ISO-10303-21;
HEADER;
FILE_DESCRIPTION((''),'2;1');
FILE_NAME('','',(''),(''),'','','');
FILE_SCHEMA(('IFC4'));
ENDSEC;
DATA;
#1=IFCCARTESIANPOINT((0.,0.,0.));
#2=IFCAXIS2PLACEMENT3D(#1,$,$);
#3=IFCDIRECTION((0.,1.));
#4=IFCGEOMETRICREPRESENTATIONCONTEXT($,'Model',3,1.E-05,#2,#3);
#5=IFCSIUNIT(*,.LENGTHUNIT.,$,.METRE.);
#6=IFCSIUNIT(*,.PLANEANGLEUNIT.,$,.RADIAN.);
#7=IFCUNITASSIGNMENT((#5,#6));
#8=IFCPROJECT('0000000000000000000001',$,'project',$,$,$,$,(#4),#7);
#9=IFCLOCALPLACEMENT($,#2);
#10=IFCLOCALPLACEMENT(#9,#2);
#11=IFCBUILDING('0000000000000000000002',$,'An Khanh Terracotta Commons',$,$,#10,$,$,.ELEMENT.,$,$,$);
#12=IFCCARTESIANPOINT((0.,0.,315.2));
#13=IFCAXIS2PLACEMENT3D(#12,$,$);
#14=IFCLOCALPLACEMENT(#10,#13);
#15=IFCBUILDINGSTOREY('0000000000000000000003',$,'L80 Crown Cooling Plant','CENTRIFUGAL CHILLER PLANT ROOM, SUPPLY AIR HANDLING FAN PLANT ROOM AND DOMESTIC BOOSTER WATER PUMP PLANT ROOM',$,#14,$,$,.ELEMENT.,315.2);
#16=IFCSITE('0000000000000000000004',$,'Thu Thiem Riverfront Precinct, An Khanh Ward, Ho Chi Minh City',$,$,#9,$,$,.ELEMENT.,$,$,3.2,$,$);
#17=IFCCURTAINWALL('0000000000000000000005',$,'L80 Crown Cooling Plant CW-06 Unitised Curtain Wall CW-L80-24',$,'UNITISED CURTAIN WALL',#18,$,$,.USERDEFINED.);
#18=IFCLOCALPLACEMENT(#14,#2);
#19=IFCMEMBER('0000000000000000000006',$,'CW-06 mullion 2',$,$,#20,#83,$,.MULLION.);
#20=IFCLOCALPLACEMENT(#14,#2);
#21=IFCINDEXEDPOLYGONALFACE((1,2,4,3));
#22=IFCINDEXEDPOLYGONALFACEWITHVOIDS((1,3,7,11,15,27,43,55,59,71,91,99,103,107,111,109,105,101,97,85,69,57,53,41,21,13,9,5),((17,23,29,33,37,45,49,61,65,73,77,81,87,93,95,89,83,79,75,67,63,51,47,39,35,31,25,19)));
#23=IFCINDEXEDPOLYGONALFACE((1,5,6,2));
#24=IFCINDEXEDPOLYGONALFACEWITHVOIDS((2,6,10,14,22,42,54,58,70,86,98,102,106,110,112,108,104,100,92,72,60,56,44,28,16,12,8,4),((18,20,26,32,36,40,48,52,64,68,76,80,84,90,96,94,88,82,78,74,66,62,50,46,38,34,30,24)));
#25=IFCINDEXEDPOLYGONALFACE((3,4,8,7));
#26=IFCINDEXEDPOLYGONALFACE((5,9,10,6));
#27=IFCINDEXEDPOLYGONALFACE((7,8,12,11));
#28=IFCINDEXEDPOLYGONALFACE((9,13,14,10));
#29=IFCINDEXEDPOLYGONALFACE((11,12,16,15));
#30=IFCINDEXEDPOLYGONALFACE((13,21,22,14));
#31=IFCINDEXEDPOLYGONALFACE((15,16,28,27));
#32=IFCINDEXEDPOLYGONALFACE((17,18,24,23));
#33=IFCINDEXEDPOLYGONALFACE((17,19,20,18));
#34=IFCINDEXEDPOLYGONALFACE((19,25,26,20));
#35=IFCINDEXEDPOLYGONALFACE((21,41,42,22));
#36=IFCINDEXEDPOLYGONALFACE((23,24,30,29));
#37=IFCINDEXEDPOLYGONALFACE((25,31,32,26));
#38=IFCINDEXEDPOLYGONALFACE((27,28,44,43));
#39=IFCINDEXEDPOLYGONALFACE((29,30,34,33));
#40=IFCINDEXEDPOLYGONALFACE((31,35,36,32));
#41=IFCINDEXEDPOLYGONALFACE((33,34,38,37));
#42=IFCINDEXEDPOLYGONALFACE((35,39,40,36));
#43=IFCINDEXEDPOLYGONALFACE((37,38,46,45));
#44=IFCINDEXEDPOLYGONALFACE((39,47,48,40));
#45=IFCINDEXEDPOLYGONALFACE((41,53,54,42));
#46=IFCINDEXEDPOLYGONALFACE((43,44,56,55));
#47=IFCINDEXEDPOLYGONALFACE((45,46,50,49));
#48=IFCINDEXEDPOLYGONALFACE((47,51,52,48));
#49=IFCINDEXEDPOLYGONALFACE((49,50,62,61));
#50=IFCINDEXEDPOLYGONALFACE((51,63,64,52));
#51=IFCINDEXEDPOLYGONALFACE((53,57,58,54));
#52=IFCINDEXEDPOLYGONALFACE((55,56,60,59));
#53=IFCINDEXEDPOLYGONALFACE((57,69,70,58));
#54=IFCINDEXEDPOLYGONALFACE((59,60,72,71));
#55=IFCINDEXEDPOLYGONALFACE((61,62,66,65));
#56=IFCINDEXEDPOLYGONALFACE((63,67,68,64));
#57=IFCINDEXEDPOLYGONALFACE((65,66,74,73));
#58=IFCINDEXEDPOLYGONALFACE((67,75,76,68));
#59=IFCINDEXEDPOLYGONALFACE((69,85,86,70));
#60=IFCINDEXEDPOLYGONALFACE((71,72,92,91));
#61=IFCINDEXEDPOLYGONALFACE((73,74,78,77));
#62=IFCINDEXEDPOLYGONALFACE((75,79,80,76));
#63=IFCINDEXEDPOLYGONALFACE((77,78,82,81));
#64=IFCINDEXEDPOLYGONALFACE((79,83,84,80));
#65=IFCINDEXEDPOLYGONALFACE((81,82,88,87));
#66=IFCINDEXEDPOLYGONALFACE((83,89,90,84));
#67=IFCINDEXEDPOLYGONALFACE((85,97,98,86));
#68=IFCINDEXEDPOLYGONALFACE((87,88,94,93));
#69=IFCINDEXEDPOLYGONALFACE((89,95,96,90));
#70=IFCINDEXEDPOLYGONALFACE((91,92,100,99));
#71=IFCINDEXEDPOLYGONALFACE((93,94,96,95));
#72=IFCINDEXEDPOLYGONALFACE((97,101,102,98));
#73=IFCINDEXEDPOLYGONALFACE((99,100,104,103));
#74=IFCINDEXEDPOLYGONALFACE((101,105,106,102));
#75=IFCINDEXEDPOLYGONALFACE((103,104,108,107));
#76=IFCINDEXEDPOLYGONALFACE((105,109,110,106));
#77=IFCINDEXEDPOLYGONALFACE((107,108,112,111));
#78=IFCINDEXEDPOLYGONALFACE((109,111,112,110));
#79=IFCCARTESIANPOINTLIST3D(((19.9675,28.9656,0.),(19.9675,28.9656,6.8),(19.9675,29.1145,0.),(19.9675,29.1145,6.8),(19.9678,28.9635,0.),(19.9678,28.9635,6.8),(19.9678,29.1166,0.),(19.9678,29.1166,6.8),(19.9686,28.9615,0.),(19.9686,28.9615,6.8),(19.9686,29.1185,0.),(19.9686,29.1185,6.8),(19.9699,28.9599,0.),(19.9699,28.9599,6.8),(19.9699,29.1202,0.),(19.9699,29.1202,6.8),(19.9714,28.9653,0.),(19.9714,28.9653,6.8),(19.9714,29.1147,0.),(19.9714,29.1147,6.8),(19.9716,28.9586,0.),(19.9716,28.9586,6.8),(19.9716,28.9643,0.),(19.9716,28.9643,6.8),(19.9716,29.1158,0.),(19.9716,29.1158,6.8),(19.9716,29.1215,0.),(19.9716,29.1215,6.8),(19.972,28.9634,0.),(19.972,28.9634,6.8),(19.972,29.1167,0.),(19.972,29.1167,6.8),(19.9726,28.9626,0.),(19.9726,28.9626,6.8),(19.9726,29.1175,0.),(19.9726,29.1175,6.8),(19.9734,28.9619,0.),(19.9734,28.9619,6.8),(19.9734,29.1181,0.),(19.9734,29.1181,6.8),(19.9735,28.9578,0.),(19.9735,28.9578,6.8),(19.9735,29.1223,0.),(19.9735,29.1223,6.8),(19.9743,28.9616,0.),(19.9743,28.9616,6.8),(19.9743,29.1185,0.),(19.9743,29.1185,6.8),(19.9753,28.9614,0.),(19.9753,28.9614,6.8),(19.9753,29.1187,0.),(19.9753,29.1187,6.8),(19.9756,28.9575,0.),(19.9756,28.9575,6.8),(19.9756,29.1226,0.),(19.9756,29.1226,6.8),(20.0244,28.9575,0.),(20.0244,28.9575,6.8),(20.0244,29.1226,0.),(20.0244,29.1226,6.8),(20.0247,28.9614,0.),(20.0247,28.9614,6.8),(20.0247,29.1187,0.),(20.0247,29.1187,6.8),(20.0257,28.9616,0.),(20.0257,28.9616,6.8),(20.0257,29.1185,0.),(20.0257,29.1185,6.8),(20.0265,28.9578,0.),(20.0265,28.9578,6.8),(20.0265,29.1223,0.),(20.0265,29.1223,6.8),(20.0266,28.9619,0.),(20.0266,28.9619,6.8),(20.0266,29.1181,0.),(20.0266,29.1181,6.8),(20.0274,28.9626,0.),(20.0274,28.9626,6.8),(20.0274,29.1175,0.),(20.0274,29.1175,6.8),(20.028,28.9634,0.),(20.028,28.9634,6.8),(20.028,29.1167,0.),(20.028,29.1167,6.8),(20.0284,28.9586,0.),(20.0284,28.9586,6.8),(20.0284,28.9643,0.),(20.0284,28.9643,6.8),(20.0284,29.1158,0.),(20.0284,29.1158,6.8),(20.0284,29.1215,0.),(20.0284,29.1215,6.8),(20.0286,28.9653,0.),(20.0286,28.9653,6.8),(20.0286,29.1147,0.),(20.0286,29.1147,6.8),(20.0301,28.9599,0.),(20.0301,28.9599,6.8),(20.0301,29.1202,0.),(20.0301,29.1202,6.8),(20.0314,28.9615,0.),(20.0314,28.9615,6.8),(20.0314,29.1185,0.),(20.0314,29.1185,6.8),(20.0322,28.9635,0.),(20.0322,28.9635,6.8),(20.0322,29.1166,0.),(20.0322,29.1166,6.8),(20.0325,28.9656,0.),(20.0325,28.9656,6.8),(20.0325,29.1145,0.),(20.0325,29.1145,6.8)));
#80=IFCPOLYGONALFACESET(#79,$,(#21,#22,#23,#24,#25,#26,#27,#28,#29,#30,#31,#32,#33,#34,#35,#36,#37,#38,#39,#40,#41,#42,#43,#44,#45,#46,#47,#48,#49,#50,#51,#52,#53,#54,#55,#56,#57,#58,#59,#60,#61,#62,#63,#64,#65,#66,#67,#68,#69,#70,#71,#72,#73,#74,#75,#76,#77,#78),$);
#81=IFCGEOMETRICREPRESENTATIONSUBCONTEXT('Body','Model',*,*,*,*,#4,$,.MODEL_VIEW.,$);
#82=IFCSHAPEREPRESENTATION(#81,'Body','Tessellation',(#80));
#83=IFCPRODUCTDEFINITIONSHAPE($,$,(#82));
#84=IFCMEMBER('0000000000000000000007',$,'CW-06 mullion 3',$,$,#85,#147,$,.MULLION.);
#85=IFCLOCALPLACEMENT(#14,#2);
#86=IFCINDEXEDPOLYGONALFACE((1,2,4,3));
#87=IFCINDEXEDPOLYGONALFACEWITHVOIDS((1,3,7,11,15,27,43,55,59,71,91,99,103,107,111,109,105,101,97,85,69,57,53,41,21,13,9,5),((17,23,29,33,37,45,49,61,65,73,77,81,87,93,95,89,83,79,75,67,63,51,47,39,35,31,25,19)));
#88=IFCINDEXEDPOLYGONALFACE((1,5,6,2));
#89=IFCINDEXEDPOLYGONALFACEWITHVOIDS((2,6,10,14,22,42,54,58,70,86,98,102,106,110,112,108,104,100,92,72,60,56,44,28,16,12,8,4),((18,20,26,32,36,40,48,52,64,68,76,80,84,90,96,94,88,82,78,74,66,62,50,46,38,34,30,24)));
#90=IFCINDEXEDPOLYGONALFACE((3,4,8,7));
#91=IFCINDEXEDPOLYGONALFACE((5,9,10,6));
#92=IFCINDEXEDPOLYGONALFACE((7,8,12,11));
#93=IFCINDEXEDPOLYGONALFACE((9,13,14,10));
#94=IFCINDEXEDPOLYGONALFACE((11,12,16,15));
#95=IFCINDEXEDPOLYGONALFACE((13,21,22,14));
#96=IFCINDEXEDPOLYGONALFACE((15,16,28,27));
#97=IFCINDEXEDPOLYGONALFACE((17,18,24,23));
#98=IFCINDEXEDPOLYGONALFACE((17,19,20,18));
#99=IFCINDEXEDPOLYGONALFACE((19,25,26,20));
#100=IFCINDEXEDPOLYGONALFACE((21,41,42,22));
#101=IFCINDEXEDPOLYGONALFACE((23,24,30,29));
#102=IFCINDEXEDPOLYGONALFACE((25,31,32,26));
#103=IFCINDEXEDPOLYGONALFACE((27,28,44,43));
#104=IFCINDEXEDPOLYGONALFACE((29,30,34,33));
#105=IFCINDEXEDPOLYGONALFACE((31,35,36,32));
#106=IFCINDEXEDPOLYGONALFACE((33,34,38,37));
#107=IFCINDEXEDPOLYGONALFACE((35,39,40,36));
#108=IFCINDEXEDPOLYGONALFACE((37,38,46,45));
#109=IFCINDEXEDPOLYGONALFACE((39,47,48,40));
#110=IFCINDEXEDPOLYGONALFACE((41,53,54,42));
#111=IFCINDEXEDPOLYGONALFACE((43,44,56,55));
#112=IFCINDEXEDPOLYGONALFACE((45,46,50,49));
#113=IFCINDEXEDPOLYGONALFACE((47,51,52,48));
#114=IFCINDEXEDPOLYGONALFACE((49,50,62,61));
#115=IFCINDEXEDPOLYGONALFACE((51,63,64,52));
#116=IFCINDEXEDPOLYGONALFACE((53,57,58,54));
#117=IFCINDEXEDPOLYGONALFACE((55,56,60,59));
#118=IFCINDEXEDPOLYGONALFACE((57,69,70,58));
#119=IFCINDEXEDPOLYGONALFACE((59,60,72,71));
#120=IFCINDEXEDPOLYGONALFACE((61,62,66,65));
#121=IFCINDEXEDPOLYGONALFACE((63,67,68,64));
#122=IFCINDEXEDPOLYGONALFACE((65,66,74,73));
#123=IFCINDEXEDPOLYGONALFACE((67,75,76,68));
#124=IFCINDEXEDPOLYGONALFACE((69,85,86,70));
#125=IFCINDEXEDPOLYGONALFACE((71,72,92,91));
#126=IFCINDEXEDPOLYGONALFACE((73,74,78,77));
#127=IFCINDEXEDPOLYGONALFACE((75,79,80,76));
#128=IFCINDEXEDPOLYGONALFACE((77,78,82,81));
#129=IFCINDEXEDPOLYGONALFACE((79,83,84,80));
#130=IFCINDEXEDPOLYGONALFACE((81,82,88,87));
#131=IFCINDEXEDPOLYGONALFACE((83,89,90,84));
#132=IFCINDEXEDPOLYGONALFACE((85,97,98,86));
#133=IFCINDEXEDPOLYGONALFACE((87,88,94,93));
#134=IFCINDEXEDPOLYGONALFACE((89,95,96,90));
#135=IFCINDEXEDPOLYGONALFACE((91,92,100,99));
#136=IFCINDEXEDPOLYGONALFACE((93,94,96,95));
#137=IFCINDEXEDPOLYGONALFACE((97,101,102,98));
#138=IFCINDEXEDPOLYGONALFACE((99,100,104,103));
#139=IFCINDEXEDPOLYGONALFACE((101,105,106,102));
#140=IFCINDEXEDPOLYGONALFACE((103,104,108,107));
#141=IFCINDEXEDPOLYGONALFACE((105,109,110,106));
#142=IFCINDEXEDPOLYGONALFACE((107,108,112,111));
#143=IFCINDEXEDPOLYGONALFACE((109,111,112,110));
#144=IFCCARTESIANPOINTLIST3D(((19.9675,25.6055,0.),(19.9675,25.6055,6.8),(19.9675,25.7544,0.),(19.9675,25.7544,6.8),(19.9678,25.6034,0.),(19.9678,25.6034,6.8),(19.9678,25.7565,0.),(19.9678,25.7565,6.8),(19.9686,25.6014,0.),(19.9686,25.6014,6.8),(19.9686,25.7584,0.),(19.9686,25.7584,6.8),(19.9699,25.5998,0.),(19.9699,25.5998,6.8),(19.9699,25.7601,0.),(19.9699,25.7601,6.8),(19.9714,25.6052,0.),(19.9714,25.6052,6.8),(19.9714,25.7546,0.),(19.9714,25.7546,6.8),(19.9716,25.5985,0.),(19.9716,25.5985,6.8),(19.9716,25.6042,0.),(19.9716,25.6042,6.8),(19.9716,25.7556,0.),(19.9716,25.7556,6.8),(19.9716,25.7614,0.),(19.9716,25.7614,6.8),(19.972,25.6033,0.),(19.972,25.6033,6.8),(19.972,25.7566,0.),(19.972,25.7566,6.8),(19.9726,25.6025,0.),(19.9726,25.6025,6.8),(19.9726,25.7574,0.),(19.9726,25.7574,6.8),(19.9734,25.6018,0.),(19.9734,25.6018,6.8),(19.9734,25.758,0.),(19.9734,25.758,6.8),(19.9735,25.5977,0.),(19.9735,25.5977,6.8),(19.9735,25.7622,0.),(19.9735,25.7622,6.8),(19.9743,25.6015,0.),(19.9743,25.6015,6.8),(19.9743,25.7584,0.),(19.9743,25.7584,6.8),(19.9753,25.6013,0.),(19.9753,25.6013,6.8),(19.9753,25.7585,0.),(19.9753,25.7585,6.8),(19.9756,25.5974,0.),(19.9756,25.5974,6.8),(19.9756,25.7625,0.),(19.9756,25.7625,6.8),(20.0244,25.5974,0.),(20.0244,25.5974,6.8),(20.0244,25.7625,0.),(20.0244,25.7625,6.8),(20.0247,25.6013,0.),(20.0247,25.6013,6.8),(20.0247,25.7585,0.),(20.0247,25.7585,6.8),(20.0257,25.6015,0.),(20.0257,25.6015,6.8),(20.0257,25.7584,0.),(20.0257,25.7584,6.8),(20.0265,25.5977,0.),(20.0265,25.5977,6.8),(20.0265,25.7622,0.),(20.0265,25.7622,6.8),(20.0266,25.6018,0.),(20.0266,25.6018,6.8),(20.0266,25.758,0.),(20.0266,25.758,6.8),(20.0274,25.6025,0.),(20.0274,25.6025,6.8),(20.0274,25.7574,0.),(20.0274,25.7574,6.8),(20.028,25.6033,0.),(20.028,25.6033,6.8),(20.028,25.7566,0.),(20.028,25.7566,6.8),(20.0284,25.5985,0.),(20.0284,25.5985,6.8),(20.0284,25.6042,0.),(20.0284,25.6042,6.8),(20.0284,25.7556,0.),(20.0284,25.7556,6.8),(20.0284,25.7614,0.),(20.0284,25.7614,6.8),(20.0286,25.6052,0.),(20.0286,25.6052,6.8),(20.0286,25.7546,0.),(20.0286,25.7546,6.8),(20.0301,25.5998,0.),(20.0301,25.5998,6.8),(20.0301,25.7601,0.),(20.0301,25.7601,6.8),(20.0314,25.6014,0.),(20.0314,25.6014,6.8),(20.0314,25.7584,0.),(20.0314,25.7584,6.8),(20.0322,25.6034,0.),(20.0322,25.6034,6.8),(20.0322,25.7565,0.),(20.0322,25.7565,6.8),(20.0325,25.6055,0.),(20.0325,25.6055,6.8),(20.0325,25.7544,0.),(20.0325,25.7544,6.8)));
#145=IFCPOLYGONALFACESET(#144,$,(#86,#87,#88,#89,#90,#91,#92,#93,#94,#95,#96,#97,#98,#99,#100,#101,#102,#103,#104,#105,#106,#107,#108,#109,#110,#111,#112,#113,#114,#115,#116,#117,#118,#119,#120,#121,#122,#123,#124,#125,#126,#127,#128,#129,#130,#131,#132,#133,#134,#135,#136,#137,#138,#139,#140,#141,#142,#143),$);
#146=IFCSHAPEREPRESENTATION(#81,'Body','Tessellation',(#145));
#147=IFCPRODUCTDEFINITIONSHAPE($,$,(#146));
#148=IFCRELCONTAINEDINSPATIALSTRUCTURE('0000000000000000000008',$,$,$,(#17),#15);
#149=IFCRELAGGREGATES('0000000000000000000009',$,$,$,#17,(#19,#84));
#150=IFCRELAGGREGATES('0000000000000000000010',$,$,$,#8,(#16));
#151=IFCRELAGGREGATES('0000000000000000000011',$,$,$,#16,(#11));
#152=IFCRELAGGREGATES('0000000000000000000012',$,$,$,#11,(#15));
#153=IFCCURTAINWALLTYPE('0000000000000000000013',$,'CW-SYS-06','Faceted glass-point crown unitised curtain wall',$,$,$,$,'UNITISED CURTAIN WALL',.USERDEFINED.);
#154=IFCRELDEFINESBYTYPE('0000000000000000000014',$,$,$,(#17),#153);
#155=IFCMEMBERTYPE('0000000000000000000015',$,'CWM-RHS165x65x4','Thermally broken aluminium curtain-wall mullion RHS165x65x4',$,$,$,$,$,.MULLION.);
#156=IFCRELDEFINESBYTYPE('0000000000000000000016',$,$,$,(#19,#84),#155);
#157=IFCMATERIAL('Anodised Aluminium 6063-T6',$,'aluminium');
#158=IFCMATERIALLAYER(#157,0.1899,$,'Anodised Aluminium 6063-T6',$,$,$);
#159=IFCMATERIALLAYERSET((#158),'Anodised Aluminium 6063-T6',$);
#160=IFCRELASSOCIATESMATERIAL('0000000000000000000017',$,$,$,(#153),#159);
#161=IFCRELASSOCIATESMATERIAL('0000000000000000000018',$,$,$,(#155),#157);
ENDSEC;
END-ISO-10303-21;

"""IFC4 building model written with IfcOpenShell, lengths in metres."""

from ifc_helpers import new_model, si_unit, direction, frame, origin, origin_2d, place, context, subcontext, project, spatial, hollow_rectangle, extrude, material, layer, layer_set, material_profile, profile_set, type_object, element, aggregate, save


model = new_model("IFC4")

# Units and contexts
model_context = context("Model", 3, precision=1e-05, world=origin(), true_north=direction((0.0, 1.0)))
body_context = subcontext(model_context, "Body", "Model", "MODEL_VIEW")
ifc_project = project(units=[si_unit("LENGTHUNIT", "METRE"), si_unit("PLANEANGLEUNIT", "RADIAN")], contexts=[model_context])

# Site, building, storey
site_placement = place(None, origin())
site = spatial("IfcSite", under=ifc_project, at=site_placement, Name="Thu Thiem Riverfront Precinct, An Khanh Ward, Ho Chi Minh City", CompositionType="ELEMENT", RefElevation=3.2)
building_placement = place(site_placement, origin())
building = spatial("IfcBuilding", under=site, at=building_placement, Name="An Khanh Terracotta Commons", CompositionType="ELEMENT")
storey_placement = place(building_placement, frame((0.0, 0.0, 315.2)))
storey = spatial("IfcBuildingStorey", under=building, at=storey_placement, Name="L80 Crown Cooling Plant", Description="CENTRIFUGAL CHILLER PLANT ROOM, SUPPLY AIR HANDLING FAN PLANT ROOM AND DOMESTIC BOOSTER WATER PUMP PLANT ROOM", CompositionType="ELEMENT", Elevation=315.2)

# Curtain wall, members
ifc_material_1 = material(Name="Anodised Aluminium 6063-T6", Category="aluminium")
ifc_layer_1 = layer(ifc_material_1, 0.1899, Name="Anodised Aluminium 6063-T6")
ifc_layer_set_1 = layer_set([ifc_layer_1], Name="Anodised Aluminium 6063-T6")
curtain_wall_type = type_object("IfcCurtainWallType", Name="CW-SYS-06", Description="Faceted glass-point crown unitised curtain wall", ElementType="UNITISED CURTAIN WALL", PredefinedType="USERDEFINED", material=ifc_layer_set_1)
curtain_wall_placement = place(storey_placement, origin())
curtain_wall = element("IfcCurtainWall", 1, at=curtain_wall_placement, inside=storey, type_object=curtain_wall_type, Name="L80 Crown Cooling Plant CW-06 Unitised Curtain Wall CW-L80-24", ObjectType="UNITISED CURTAIN WALL", PredefinedType="USERDEFINED")
ifc_material_profile_1 = material_profile(ifc_material_1, hollow_rectangle(XDim=0.0649, YDim=0.165, WallThickness=0.0039, InnerFilletRadius=0.0039, OuterFilletRadius=0.0081, at=origin_2d()), Name="RHS165x65x4")
ifc_profile_set_1 = profile_set([ifc_material_profile_1], Name="Anodised Aluminium 6063-T6")
member_type_1 = type_object("IfcMemberType", Name="CWM-RHS165x65x4", Description="Thermally broken aluminium curtain-wall mullion RHS165x65x4", PredefinedType="MULLION", material=ifc_profile_set_1)
member_1_placement = place(storey_placement, frame((20.0, 29.04, 0.0), z_axis=(0.0, 0.0, 1.0), x_axis=(1.0, 0.0, 0.0)))
member_1 = element("IfcMember", 2, at=member_1_placement, type_object=member_type_1, Name="CW-06 mullion 2", PredefinedType="MULLION", context=body_context, shape_type="SweptSolid", body=[
    extrude(hollow_rectangle(XDim=0.0649, YDim=0.165, WallThickness=0.0039, InnerFilletRadius=0.0039, OuterFilletRadius=0.0081, at=origin_2d()), origin(), (0.0, 0.0, 1.0), 6.8),
])
member_2_placement = place(storey_placement, frame((20.0, 25.6799, 0.0), z_axis=(0.0, 0.0, 1.0), x_axis=(1.0, 0.0, 0.0)))
member_2 = element("IfcMember", 3, at=member_2_placement, type_object=member_type_1, Name="CW-06 mullion 3", PredefinedType="MULLION", context=body_context, shape_type="SweptSolid", body=[
    extrude(hollow_rectangle(XDim=0.0649, YDim=0.165, WallThickness=0.0039, InnerFilletRadius=0.0039, OuterFilletRadius=0.0081, at=origin_2d()), origin(), (0.0, 0.0, 1.0), 6.8),
])
aggregate(curtain_wall, [member_1, member_2])

save(model, "model.ifc")
